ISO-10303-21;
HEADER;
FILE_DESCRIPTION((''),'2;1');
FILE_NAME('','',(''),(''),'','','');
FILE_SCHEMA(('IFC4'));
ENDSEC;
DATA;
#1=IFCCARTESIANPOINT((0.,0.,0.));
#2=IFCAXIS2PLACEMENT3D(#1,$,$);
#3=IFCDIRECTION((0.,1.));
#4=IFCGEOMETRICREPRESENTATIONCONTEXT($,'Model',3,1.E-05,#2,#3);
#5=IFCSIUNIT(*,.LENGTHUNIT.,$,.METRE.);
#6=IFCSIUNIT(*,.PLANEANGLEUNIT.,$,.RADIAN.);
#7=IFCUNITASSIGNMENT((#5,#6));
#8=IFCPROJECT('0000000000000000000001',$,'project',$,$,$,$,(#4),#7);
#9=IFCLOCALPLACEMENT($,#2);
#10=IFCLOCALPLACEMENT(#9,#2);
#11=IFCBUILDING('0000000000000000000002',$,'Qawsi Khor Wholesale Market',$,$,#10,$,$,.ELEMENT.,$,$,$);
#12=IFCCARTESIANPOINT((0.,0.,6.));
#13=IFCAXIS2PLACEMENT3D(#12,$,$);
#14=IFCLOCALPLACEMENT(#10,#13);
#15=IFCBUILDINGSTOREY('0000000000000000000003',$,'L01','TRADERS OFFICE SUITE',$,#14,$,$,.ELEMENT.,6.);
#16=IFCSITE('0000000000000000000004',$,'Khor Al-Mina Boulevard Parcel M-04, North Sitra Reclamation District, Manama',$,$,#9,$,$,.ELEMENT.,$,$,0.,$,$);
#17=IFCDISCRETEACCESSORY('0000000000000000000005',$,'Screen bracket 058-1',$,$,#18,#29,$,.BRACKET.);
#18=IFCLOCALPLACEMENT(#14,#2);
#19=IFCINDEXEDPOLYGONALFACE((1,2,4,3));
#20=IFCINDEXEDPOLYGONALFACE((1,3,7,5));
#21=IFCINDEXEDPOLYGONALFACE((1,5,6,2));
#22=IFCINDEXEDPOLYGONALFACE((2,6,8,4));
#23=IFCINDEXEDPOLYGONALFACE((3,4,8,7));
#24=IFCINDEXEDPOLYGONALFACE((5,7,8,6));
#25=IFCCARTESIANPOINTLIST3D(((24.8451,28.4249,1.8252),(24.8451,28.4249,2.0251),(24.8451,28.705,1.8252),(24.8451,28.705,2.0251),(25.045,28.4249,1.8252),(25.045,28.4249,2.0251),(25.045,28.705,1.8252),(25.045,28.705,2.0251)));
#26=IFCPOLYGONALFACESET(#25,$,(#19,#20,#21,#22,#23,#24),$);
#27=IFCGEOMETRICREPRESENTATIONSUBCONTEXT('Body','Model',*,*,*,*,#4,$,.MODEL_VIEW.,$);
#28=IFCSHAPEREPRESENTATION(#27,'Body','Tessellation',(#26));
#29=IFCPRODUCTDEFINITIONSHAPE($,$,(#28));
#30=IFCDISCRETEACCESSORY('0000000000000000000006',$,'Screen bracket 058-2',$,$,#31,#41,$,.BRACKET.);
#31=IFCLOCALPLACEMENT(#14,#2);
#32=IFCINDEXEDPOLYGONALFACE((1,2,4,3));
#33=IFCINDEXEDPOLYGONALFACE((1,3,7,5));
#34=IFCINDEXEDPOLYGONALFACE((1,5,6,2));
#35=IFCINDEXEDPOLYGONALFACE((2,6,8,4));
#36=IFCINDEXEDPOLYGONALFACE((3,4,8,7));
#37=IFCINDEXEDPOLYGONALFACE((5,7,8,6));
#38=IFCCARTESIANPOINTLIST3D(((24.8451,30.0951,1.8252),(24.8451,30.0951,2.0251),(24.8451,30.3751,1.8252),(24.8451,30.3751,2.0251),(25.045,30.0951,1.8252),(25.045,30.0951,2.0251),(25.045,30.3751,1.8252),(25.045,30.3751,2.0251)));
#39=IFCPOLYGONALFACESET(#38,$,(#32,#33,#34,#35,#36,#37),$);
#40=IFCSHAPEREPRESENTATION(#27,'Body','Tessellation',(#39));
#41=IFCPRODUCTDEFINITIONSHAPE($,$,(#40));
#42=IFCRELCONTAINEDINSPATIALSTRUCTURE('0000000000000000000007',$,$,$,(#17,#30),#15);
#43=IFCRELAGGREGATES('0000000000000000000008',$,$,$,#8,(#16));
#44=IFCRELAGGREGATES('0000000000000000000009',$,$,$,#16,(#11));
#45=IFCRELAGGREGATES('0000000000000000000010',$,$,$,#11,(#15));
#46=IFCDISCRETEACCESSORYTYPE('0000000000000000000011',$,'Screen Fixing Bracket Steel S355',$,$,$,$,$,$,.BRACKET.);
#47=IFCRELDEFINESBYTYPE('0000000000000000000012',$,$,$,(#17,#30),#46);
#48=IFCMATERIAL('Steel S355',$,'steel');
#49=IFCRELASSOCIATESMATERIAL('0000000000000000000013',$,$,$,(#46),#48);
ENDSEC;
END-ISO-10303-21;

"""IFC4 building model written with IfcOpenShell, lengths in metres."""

from ifc_helpers import new_model, si_unit, direction, frame, origin, origin_2d, place, context, subcontext, project, spatial, rectangle, extrude, material, type_object, element, save


model = new_model("IFC4")

# Units and contexts
model_context = context("Model", 3, precision=1e-05, world=origin(), true_north=direction((0.0, 1.0)))
body_context = subcontext(model_context, "Body", "Model", "MODEL_VIEW")
ifc_project = project(units=[si_unit("LENGTHUNIT", "METRE"), si_unit("PLANEANGLEUNIT", "RADIAN")], contexts=[model_context])

# Site, building, storey
site_placement = place(None, origin())
site = spatial("IfcSite", under=ifc_project, at=site_placement, Name="Khor Al-Mina Boulevard Parcel M-04, North Sitra Reclamation District, Manama", CompositionType="ELEMENT", RefElevation=0.0)
building_placement = place(site_placement, origin())
building = spatial("IfcBuilding", under=site, at=building_placement, Name="Qawsi Khor Wholesale Market", CompositionType="ELEMENT")
storey_placement = place(building_placement, frame((0.0, 0.0, 6.0)))
storey = spatial("IfcBuildingStorey", under=building, at=storey_placement, Name="L01", Description="TRADERS OFFICE SUITE", CompositionType="ELEMENT", Elevation=6.0)

# Shared definitions
ifc_material_1 = material(Name="Steel S355", Category="steel")

# Discrete accessories
discrete_accessory_type = type_object("IfcDiscreteAccessoryType", Name="Screen Fixing Bracket Steel S355", PredefinedType="BRACKET", material=ifc_material_1)
for number, where, z_axis, x_axis, name in (
    (1, (24.9451, 28.5649, 1.8252), (0.0, 0.0, 1.0), (1.0, 0.0, 0.0), "Screen bracket 058-1"),
    (2, (24.9451, 30.2351, 1.8252), (0.0, 0.0, 1.0), (1.0, 0.0, 0.0), "Screen bracket 058-2"),
):
    element("IfcDiscreteAccessory", number, at=place(storey_placement, frame(where, z_axis=z_axis, x_axis=x_axis)), inside=storey, type_object=discrete_accessory_type, Name=name, PredefinedType="BRACKET", context=body_context, shape_type="SweptSolid", body=[
        extrude(rectangle(XDim=0.2, YDim=0.28, at=origin_2d()), origin(), (0.0, 0.0, 1.0), 0.2),
    ])

save(model, "model.ifc")
